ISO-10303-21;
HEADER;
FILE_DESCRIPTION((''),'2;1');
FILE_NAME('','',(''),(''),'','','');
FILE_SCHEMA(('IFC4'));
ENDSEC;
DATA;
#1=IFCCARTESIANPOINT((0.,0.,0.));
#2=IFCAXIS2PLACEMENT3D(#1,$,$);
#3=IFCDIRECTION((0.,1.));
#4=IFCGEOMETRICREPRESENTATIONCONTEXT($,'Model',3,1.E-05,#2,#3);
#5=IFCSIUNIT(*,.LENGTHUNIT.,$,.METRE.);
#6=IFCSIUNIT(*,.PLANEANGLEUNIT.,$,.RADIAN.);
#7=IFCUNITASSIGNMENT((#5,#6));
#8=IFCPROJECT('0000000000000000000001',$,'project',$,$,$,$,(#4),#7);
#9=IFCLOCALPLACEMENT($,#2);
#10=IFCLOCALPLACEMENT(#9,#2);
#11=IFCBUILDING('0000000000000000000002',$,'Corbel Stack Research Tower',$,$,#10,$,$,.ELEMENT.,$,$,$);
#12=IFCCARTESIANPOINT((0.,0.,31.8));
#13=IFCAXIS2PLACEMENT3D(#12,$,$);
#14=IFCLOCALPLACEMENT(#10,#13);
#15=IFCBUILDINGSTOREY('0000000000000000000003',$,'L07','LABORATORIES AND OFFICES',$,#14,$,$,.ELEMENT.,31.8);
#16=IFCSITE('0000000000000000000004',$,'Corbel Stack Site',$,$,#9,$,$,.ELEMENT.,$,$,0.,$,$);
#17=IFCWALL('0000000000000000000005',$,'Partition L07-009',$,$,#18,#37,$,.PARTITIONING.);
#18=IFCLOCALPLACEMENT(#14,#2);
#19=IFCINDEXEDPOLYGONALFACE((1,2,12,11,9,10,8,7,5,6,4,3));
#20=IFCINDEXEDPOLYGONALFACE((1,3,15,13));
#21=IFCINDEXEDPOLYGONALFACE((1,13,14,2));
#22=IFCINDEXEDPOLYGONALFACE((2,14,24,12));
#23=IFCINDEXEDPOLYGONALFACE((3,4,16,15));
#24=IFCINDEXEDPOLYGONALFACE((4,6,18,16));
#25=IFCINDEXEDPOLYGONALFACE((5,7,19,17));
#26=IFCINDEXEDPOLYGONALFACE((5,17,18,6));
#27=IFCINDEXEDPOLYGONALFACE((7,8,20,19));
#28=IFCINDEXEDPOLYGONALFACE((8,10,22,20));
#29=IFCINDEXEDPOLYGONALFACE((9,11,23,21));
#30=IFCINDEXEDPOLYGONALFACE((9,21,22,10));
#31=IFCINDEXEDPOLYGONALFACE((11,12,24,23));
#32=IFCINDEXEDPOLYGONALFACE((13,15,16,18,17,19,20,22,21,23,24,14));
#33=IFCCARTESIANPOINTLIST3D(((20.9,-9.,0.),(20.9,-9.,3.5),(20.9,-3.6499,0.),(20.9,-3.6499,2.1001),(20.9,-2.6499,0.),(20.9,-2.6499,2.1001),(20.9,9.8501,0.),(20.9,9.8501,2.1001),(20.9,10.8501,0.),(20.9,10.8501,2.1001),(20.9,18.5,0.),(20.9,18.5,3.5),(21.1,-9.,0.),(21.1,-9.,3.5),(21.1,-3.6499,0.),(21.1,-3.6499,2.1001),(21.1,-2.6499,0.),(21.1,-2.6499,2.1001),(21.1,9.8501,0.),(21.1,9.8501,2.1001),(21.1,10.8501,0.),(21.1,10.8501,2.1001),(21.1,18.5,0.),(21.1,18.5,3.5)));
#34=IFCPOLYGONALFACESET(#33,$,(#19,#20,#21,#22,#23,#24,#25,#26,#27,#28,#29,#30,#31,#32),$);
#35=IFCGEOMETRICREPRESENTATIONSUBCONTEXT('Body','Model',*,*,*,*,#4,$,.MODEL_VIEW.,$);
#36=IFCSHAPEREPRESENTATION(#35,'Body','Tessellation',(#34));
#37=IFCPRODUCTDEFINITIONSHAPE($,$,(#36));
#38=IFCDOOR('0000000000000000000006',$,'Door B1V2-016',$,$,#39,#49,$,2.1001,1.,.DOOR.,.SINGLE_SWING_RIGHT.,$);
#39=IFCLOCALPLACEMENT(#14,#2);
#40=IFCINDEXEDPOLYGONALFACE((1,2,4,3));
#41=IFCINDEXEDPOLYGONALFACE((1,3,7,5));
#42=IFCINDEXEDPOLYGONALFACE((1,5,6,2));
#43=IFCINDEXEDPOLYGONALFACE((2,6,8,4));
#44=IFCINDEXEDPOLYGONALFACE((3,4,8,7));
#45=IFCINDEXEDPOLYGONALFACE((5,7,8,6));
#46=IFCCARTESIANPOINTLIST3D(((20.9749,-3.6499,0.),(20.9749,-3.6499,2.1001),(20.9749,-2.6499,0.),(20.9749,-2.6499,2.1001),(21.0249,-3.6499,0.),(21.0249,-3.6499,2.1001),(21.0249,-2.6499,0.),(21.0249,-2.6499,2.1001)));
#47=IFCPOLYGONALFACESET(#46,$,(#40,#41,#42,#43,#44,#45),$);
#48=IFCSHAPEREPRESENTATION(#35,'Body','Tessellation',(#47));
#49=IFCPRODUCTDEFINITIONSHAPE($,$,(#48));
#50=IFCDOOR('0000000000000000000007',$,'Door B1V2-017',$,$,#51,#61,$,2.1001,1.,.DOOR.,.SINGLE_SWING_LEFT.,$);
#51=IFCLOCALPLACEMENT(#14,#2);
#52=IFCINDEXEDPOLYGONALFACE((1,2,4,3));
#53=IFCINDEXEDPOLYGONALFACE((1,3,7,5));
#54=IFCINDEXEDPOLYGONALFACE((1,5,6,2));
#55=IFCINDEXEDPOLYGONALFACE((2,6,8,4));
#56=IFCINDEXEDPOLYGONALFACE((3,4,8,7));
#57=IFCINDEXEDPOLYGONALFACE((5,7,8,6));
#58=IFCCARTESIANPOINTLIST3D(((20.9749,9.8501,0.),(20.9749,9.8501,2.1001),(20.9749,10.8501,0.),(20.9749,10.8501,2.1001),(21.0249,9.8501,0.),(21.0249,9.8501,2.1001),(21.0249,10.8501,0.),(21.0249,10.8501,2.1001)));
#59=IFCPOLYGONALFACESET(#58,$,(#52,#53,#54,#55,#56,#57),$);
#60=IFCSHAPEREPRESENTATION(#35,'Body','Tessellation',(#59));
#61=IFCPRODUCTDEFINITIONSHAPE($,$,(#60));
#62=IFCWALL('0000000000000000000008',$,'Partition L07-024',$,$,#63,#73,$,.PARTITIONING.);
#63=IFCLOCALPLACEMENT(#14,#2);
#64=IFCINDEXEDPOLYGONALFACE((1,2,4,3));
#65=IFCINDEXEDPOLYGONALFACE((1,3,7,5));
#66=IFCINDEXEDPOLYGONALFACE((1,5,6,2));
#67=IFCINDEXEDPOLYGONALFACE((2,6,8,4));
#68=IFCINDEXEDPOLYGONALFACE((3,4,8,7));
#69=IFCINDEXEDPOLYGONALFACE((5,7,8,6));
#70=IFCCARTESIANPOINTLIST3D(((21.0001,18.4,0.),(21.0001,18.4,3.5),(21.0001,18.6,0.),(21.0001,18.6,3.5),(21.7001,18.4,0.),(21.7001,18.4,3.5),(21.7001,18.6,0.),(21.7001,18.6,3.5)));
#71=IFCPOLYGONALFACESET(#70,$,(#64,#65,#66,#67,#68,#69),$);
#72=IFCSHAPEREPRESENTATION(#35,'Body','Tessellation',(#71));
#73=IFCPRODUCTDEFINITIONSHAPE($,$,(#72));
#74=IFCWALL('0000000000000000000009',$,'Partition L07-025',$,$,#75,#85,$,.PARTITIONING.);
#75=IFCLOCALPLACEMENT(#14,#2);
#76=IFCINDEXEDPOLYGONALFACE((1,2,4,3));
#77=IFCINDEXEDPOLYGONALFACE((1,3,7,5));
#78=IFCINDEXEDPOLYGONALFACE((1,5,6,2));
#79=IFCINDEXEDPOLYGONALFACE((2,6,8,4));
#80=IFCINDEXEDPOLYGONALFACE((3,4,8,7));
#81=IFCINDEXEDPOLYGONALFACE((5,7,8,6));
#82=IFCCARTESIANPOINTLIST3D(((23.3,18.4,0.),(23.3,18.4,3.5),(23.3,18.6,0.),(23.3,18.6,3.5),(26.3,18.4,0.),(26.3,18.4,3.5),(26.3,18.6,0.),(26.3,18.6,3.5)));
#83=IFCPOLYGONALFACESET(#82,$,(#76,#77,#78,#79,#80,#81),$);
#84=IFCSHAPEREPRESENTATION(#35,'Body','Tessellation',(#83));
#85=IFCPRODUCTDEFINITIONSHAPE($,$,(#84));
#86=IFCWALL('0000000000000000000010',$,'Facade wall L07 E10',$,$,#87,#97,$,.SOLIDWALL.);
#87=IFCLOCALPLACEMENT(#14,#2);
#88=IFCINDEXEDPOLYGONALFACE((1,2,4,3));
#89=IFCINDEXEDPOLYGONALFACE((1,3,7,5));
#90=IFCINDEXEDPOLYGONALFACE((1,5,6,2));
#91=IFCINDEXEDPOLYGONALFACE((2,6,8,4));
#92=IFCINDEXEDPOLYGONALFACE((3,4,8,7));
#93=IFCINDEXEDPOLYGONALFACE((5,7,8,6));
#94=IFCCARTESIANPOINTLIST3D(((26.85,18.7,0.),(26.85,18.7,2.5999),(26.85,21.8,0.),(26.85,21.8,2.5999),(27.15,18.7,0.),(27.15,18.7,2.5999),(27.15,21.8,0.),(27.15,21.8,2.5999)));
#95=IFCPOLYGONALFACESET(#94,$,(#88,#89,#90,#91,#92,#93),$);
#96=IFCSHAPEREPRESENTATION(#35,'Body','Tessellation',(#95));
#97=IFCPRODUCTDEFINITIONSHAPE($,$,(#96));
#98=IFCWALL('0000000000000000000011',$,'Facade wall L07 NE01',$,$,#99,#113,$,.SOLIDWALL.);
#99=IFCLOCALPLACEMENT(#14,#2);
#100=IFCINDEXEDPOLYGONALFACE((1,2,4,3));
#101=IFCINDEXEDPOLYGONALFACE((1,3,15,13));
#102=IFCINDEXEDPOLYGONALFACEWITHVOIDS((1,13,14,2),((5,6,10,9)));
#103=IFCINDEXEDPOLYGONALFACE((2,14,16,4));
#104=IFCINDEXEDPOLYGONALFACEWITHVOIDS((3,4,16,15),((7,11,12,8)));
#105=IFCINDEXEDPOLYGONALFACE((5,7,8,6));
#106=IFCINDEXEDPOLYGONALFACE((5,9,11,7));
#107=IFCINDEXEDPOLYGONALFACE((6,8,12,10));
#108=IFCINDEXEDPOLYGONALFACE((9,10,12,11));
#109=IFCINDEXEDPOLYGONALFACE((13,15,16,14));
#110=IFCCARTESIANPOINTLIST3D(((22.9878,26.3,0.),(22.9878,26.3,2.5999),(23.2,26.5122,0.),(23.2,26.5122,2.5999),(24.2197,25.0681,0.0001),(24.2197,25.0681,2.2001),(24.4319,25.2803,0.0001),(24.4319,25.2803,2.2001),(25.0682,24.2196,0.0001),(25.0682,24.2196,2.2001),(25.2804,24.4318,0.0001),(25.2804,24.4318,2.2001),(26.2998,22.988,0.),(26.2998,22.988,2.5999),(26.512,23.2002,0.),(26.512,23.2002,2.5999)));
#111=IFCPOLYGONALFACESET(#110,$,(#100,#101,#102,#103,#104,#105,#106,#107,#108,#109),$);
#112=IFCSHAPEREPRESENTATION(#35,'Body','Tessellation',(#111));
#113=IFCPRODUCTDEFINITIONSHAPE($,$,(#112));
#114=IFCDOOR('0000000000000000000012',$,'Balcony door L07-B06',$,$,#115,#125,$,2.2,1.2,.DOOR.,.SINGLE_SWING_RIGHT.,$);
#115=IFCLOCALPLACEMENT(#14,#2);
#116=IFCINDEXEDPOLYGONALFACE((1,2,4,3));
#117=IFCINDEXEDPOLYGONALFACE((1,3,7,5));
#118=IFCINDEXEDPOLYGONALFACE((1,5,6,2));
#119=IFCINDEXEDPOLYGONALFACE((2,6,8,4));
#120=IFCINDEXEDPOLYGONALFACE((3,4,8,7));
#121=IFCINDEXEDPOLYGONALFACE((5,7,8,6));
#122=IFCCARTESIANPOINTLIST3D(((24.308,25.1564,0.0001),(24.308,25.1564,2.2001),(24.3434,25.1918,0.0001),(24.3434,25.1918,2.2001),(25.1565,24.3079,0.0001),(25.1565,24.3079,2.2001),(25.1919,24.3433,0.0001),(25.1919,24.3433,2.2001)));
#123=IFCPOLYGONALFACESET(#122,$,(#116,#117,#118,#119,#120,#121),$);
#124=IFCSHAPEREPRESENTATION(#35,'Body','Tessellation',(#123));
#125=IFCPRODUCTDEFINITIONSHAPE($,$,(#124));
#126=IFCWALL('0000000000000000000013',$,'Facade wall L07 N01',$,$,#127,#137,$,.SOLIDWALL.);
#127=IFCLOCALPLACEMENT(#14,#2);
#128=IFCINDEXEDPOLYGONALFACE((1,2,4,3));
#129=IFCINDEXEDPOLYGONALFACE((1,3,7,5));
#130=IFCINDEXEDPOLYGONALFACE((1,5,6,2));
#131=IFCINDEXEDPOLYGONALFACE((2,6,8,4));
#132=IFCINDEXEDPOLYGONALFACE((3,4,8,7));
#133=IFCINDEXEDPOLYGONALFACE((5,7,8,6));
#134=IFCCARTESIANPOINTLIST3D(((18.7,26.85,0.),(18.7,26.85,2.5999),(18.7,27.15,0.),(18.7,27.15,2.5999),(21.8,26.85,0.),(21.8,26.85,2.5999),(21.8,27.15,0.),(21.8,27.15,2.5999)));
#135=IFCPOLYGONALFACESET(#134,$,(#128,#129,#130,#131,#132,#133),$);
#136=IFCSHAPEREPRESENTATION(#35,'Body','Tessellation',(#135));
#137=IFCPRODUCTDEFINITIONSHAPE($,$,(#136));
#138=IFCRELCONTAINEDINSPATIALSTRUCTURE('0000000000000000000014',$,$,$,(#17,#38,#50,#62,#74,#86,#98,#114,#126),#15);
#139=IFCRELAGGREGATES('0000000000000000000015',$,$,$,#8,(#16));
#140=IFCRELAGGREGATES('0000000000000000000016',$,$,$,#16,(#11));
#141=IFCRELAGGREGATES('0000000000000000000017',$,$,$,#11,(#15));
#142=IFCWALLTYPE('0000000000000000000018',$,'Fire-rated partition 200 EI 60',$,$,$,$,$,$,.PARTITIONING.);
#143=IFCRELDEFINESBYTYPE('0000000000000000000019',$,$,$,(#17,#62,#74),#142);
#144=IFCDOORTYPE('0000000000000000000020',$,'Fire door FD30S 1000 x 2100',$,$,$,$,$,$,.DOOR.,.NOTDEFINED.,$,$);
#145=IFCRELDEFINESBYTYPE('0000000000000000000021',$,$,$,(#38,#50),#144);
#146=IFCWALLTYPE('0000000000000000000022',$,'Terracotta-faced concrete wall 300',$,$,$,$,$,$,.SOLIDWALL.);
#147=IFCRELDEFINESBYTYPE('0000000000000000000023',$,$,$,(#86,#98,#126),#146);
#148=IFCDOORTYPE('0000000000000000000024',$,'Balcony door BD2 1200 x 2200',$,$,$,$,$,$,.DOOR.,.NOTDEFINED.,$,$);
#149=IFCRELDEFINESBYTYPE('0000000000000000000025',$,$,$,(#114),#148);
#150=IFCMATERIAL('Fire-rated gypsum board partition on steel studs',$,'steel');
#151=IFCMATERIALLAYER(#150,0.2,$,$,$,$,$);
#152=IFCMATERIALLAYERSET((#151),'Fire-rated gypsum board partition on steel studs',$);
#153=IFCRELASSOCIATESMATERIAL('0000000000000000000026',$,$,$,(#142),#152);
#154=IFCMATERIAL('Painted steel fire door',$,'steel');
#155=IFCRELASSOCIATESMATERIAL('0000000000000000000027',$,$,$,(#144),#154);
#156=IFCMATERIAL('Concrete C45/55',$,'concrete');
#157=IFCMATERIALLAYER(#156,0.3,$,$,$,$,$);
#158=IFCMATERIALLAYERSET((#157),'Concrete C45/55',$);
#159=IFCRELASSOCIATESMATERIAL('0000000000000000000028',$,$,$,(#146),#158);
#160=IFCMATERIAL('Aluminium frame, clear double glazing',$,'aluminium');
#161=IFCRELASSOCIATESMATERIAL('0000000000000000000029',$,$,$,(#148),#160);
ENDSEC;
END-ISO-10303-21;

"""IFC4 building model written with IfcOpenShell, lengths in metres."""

from ifc_helpers import new_model, si_unit, direction, frame, frame_2d, origin, place, context, subcontext, project, spatial, rectangle, extrude, material, layer, layer_set, type_object, element, fill, save


model = new_model("IFC4")

# Units and contexts
model_context = context("Model", 3, precision=1e-05, world=origin(), true_north=direction((0.0, 1.0)))
body_context = subcontext(model_context, "Body", "Model", "MODEL_VIEW")
ifc_project = project(units=[si_unit("LENGTHUNIT", "METRE"), si_unit("PLANEANGLEUNIT", "RADIAN")], contexts=[model_context])

# Site, building, storey
site_placement = place(None, origin())
site = spatial("IfcSite", under=ifc_project, at=site_placement, Name="Corbel Stack Site", CompositionType="ELEMENT", RefElevation=0.0)
building_placement = place(site_placement, origin())
building = spatial("IfcBuilding", under=site, at=building_placement, Name="Corbel Stack Research Tower", CompositionType="ELEMENT")
storey_placement = place(building_placement, frame((0.0, 0.0, 31.8)))
storey = spatial("IfcBuildingStorey", under=building, at=storey_placement, Name="L07", Description="LABORATORIES AND OFFICES", CompositionType="ELEMENT", Elevation=31.8)

# Wall, openings, doors
ifc_material_1 = material(Name="Fire-rated gypsum board partition on steel studs", Category="steel")
ifc_layer_1 = layer(ifc_material_1, 0.2)
ifc_layer_set_1 = layer_set([ifc_layer_1], Name="Fire-rated gypsum board partition on steel studs")
wall_type_1 = type_object("IfcWallType", Name="Fire-rated partition 200 EI 60", PredefinedType="PARTITIONING", material=ifc_layer_set_1)
wall_1_placement = place(storey_placement, frame((21.0, 18.5, 0.0), z_axis=(0.0, 0.0, 1.0), x_axis=(0.0, -1.0, 0.0)))
wall_1 = element("IfcWall", 1, at=wall_1_placement, inside=storey, type_object=wall_type_1, Name="Partition L07-009", PredefinedType="PARTITIONING", context=body_context, shape_type="SweptSolid", body=[
    extrude(rectangle(XDim=27.5, YDim=0.2, at=frame_2d((13.75, 0.0))), origin(), (0.0, 0.0, 1.0), 3.5),
])
opening_1_placement = place(wall_1_placement, frame((21.1499, 0.0, 0.0)))
opening_1 = element("IfcOpeningElement", 2, at=opening_1_placement, cuts=wall_1, PredefinedType="OPENING", context=body_context, shape_type="SweptSolid", body=[
    extrude(rectangle(XDim=1.0, YDim=2.1001, at=frame_2d((0.5, 1.05))), frame((0.0, 0.1099, 0.0), z_axis=(0.0, -1.0, 0.0), x_axis=(1.0, 0.0, 0.0)), (0.0, 0.0, 1.0), 0.22),
])
opening_2_placement = place(wall_1_placement, frame((7.6499, 0.0, 0.0)))
opening_2 = element("IfcOpeningElement", 3, at=opening_2_placement, cuts=wall_1, PredefinedType="OPENING", context=body_context, shape_type="SweptSolid", body=[
    extrude(rectangle(XDim=1.0, YDim=2.1001, at=frame_2d((0.5, 1.05))), frame((0.0, 0.1099, 0.0), z_axis=(0.0, -1.0, 0.0), x_axis=(1.0, 0.0, 0.0)), (0.0, 0.0, 1.0), 0.22),
])
ifc_material_2 = material(Name="Painted steel fire door", Category="steel")
door_type_1 = type_object("IfcDoorType", Name="Fire door FD30S 1000 x 2100", OperationType="NOTDEFINED", PredefinedType="DOOR", material=ifc_material_2)
door_1_placement = place(opening_1_placement, origin())
door_1 = element("IfcDoor", 4, at=door_1_placement, inside=storey, type_object=door_type_1, Name="Door B1V2-016", OperationType="SINGLE_SWING_RIGHT", OverallHeight=2.1001, OverallWidth=1.0, PredefinedType="DOOR", context=body_context, shape_type="SweptSolid", body=[
    extrude(rectangle(XDim=1.0, YDim=2.1001, at=frame_2d((0.5, 1.05))), frame((0.0, 0.0249, 0.0), z_axis=(0.0, -1.0, 0.0), x_axis=(1.0, 0.0, 0.0)), (0.0, 0.0, 1.0), 0.05),
])
fill(opening_1, door_1)
door_2_placement = place(opening_2_placement, origin())
door_2 = element("IfcDoor", 5, at=door_2_placement, inside=storey, type_object=door_type_1, Name="Door B1V2-017", OperationType="SINGLE_SWING_LEFT", OverallHeight=2.1001, OverallWidth=1.0, PredefinedType="DOOR", context=body_context, shape_type="SweptSolid", body=[
    extrude(rectangle(XDim=1.0, YDim=2.1001, at=frame_2d((0.5, 1.05))), frame((0.0, 0.0249, 0.0), z_axis=(0.0, -1.0, 0.0), x_axis=(1.0, 0.0, 0.0)), (0.0, 0.0, 1.0), 0.05),
])
fill(opening_2, door_2)

# Walls
wall_2_placement = place(storey_placement, frame((21.0, 18.5, 0.0), z_axis=(0.0, 0.0, 1.0), x_axis=(1.0, 0.0, 0.0)))
element("IfcWall", 6, at=wall_2_placement, inside=storey, type_object=wall_type_1, Name="Partition L07-024", PredefinedType="PARTITIONING", context=body_context, shape_type="SweptSolid", body=[
    extrude(rectangle(XDim=0.7, YDim=0.2, at=frame_2d((0.3501, 0.0))), origin(), (0.0, 0.0, 1.0), 3.5),
])
wall_3_placement = place(storey_placement, frame((23.3, 18.5, 0.0), z_axis=(0.0, 0.0, 1.0), x_axis=(1.0, 0.0, 0.0)))
element("IfcWall", 7, at=wall_3_placement, inside=storey, type_object=wall_type_1, Name="Partition L07-025", PredefinedType="PARTITIONING", context=body_context, shape_type="SweptSolid", body=[
    extrude(rectangle(XDim=3.0, YDim=0.2, at=frame_2d((1.5, 0.0))), origin(), (0.0, 0.0, 1.0), 3.5),
])
ifc_material_3 = material(Name="Concrete C45/55", Category="concrete")
ifc_layer_2 = layer(ifc_material_3, 0.3)
ifc_layer_set_2 = layer_set([ifc_layer_2], Name="Concrete C45/55")
wall_type_2 = type_object("IfcWallType", Name="Terracotta-faced concrete wall 300", PredefinedType="SOLIDWALL", material=ifc_layer_set_2)
wall_4_placement = place(storey_placement, frame((27.0, 21.8, 0.0), z_axis=(0.0, 0.0, 1.0), x_axis=(0.0, -1.0, 0.0)))
element("IfcWall", 8, at=wall_4_placement, inside=storey, type_object=wall_type_2, Name="Facade wall L07 E10", PredefinedType="SOLIDWALL", context=body_context, shape_type="SweptSolid", body=[
    extrude(rectangle(XDim=3.1001, YDim=0.3, at=frame_2d((1.55, 0.0))), origin(), (0.0, 0.0, 1.0), 2.5999),
])

# Wall, opening, door
wall_5_placement = place(storey_placement, frame((23.094, 26.406, 0.0), z_axis=(0.0, 0.0, 1.0), x_axis=(0.707107, -0.707107, 0.0)))
wall_5 = element("IfcWall", 9, at=wall_5_placement, inside=storey, type_object=wall_type_2, Name="Facade wall L07 NE01", PredefinedType="SOLIDWALL", context=body_context, shape_type="SweptSolid", body=[
    extrude(rectangle(XDim=4.6838, YDim=0.3, at=frame_2d((2.3418, 0.0))), origin(), (0.0, 0.0, 1.0), 2.5999),
])
opening_3_placement = place(wall_5_placement, frame((1.7419, 0.0, 0.0)))
opening_3 = element("IfcOpeningElement", 10, at=opening_3_placement, cuts=wall_5, PredefinedType="OPENING", context=body_context, shape_type="SweptSolid", body=[
    extrude(rectangle(XDim=1.2, YDim=2.2, at=frame_2d((0.6001, 1.1001))), frame((0.0, 0.1599, 0.0), z_axis=(0.0, -1.0, 0.0), x_axis=(1.0, 0.0, 0.0)), (0.0, 0.0, 1.0), 0.3201),
])
ifc_material_4 = material(Name="Aluminium frame, clear double glazing", Category="aluminium")
door_type_2 = type_object("IfcDoorType", Name="Balcony door BD2 1200 x 2200", OperationType="NOTDEFINED", PredefinedType="DOOR", material=ifc_material_4)
door_3_placement = place(opening_3_placement, origin())
door_3 = element("IfcDoor", 11, at=door_3_placement, inside=storey, type_object=door_type_2, Name="Balcony door L07-B06", OperationType="SINGLE_SWING_RIGHT", OverallHeight=2.2, OverallWidth=1.2, PredefinedType="DOOR", context=body_context, shape_type="SweptSolid", body=[
    extrude(rectangle(XDim=1.2, YDim=2.2, at=frame_2d((0.6001, 1.1001))), frame((0.0, 0.0249, 0.0), z_axis=(0.0, -1.0, 0.0), x_axis=(1.0, 0.0, 0.0)), (0.0, 0.0, 1.0), 0.05),
])
fill(opening_3, door_3)

# Wall
wall_6_placement = place(storey_placement, frame((18.7, 27.0, 0.0), z_axis=(0.0, 0.0, 1.0), x_axis=(1.0, 0.0, 0.0)))
element("IfcWall", 12, at=wall_6_placement, inside=storey, type_object=wall_type_2, Name="Facade wall L07 N01", PredefinedType="SOLIDWALL", context=body_context, shape_type="SweptSolid", body=[
    extrude(rectangle(XDim=3.1001, YDim=0.3, at=frame_2d((1.55, 0.0))), origin(), (0.0, 0.0, 1.0), 2.5999),
])

save(model, "model.ifc")
